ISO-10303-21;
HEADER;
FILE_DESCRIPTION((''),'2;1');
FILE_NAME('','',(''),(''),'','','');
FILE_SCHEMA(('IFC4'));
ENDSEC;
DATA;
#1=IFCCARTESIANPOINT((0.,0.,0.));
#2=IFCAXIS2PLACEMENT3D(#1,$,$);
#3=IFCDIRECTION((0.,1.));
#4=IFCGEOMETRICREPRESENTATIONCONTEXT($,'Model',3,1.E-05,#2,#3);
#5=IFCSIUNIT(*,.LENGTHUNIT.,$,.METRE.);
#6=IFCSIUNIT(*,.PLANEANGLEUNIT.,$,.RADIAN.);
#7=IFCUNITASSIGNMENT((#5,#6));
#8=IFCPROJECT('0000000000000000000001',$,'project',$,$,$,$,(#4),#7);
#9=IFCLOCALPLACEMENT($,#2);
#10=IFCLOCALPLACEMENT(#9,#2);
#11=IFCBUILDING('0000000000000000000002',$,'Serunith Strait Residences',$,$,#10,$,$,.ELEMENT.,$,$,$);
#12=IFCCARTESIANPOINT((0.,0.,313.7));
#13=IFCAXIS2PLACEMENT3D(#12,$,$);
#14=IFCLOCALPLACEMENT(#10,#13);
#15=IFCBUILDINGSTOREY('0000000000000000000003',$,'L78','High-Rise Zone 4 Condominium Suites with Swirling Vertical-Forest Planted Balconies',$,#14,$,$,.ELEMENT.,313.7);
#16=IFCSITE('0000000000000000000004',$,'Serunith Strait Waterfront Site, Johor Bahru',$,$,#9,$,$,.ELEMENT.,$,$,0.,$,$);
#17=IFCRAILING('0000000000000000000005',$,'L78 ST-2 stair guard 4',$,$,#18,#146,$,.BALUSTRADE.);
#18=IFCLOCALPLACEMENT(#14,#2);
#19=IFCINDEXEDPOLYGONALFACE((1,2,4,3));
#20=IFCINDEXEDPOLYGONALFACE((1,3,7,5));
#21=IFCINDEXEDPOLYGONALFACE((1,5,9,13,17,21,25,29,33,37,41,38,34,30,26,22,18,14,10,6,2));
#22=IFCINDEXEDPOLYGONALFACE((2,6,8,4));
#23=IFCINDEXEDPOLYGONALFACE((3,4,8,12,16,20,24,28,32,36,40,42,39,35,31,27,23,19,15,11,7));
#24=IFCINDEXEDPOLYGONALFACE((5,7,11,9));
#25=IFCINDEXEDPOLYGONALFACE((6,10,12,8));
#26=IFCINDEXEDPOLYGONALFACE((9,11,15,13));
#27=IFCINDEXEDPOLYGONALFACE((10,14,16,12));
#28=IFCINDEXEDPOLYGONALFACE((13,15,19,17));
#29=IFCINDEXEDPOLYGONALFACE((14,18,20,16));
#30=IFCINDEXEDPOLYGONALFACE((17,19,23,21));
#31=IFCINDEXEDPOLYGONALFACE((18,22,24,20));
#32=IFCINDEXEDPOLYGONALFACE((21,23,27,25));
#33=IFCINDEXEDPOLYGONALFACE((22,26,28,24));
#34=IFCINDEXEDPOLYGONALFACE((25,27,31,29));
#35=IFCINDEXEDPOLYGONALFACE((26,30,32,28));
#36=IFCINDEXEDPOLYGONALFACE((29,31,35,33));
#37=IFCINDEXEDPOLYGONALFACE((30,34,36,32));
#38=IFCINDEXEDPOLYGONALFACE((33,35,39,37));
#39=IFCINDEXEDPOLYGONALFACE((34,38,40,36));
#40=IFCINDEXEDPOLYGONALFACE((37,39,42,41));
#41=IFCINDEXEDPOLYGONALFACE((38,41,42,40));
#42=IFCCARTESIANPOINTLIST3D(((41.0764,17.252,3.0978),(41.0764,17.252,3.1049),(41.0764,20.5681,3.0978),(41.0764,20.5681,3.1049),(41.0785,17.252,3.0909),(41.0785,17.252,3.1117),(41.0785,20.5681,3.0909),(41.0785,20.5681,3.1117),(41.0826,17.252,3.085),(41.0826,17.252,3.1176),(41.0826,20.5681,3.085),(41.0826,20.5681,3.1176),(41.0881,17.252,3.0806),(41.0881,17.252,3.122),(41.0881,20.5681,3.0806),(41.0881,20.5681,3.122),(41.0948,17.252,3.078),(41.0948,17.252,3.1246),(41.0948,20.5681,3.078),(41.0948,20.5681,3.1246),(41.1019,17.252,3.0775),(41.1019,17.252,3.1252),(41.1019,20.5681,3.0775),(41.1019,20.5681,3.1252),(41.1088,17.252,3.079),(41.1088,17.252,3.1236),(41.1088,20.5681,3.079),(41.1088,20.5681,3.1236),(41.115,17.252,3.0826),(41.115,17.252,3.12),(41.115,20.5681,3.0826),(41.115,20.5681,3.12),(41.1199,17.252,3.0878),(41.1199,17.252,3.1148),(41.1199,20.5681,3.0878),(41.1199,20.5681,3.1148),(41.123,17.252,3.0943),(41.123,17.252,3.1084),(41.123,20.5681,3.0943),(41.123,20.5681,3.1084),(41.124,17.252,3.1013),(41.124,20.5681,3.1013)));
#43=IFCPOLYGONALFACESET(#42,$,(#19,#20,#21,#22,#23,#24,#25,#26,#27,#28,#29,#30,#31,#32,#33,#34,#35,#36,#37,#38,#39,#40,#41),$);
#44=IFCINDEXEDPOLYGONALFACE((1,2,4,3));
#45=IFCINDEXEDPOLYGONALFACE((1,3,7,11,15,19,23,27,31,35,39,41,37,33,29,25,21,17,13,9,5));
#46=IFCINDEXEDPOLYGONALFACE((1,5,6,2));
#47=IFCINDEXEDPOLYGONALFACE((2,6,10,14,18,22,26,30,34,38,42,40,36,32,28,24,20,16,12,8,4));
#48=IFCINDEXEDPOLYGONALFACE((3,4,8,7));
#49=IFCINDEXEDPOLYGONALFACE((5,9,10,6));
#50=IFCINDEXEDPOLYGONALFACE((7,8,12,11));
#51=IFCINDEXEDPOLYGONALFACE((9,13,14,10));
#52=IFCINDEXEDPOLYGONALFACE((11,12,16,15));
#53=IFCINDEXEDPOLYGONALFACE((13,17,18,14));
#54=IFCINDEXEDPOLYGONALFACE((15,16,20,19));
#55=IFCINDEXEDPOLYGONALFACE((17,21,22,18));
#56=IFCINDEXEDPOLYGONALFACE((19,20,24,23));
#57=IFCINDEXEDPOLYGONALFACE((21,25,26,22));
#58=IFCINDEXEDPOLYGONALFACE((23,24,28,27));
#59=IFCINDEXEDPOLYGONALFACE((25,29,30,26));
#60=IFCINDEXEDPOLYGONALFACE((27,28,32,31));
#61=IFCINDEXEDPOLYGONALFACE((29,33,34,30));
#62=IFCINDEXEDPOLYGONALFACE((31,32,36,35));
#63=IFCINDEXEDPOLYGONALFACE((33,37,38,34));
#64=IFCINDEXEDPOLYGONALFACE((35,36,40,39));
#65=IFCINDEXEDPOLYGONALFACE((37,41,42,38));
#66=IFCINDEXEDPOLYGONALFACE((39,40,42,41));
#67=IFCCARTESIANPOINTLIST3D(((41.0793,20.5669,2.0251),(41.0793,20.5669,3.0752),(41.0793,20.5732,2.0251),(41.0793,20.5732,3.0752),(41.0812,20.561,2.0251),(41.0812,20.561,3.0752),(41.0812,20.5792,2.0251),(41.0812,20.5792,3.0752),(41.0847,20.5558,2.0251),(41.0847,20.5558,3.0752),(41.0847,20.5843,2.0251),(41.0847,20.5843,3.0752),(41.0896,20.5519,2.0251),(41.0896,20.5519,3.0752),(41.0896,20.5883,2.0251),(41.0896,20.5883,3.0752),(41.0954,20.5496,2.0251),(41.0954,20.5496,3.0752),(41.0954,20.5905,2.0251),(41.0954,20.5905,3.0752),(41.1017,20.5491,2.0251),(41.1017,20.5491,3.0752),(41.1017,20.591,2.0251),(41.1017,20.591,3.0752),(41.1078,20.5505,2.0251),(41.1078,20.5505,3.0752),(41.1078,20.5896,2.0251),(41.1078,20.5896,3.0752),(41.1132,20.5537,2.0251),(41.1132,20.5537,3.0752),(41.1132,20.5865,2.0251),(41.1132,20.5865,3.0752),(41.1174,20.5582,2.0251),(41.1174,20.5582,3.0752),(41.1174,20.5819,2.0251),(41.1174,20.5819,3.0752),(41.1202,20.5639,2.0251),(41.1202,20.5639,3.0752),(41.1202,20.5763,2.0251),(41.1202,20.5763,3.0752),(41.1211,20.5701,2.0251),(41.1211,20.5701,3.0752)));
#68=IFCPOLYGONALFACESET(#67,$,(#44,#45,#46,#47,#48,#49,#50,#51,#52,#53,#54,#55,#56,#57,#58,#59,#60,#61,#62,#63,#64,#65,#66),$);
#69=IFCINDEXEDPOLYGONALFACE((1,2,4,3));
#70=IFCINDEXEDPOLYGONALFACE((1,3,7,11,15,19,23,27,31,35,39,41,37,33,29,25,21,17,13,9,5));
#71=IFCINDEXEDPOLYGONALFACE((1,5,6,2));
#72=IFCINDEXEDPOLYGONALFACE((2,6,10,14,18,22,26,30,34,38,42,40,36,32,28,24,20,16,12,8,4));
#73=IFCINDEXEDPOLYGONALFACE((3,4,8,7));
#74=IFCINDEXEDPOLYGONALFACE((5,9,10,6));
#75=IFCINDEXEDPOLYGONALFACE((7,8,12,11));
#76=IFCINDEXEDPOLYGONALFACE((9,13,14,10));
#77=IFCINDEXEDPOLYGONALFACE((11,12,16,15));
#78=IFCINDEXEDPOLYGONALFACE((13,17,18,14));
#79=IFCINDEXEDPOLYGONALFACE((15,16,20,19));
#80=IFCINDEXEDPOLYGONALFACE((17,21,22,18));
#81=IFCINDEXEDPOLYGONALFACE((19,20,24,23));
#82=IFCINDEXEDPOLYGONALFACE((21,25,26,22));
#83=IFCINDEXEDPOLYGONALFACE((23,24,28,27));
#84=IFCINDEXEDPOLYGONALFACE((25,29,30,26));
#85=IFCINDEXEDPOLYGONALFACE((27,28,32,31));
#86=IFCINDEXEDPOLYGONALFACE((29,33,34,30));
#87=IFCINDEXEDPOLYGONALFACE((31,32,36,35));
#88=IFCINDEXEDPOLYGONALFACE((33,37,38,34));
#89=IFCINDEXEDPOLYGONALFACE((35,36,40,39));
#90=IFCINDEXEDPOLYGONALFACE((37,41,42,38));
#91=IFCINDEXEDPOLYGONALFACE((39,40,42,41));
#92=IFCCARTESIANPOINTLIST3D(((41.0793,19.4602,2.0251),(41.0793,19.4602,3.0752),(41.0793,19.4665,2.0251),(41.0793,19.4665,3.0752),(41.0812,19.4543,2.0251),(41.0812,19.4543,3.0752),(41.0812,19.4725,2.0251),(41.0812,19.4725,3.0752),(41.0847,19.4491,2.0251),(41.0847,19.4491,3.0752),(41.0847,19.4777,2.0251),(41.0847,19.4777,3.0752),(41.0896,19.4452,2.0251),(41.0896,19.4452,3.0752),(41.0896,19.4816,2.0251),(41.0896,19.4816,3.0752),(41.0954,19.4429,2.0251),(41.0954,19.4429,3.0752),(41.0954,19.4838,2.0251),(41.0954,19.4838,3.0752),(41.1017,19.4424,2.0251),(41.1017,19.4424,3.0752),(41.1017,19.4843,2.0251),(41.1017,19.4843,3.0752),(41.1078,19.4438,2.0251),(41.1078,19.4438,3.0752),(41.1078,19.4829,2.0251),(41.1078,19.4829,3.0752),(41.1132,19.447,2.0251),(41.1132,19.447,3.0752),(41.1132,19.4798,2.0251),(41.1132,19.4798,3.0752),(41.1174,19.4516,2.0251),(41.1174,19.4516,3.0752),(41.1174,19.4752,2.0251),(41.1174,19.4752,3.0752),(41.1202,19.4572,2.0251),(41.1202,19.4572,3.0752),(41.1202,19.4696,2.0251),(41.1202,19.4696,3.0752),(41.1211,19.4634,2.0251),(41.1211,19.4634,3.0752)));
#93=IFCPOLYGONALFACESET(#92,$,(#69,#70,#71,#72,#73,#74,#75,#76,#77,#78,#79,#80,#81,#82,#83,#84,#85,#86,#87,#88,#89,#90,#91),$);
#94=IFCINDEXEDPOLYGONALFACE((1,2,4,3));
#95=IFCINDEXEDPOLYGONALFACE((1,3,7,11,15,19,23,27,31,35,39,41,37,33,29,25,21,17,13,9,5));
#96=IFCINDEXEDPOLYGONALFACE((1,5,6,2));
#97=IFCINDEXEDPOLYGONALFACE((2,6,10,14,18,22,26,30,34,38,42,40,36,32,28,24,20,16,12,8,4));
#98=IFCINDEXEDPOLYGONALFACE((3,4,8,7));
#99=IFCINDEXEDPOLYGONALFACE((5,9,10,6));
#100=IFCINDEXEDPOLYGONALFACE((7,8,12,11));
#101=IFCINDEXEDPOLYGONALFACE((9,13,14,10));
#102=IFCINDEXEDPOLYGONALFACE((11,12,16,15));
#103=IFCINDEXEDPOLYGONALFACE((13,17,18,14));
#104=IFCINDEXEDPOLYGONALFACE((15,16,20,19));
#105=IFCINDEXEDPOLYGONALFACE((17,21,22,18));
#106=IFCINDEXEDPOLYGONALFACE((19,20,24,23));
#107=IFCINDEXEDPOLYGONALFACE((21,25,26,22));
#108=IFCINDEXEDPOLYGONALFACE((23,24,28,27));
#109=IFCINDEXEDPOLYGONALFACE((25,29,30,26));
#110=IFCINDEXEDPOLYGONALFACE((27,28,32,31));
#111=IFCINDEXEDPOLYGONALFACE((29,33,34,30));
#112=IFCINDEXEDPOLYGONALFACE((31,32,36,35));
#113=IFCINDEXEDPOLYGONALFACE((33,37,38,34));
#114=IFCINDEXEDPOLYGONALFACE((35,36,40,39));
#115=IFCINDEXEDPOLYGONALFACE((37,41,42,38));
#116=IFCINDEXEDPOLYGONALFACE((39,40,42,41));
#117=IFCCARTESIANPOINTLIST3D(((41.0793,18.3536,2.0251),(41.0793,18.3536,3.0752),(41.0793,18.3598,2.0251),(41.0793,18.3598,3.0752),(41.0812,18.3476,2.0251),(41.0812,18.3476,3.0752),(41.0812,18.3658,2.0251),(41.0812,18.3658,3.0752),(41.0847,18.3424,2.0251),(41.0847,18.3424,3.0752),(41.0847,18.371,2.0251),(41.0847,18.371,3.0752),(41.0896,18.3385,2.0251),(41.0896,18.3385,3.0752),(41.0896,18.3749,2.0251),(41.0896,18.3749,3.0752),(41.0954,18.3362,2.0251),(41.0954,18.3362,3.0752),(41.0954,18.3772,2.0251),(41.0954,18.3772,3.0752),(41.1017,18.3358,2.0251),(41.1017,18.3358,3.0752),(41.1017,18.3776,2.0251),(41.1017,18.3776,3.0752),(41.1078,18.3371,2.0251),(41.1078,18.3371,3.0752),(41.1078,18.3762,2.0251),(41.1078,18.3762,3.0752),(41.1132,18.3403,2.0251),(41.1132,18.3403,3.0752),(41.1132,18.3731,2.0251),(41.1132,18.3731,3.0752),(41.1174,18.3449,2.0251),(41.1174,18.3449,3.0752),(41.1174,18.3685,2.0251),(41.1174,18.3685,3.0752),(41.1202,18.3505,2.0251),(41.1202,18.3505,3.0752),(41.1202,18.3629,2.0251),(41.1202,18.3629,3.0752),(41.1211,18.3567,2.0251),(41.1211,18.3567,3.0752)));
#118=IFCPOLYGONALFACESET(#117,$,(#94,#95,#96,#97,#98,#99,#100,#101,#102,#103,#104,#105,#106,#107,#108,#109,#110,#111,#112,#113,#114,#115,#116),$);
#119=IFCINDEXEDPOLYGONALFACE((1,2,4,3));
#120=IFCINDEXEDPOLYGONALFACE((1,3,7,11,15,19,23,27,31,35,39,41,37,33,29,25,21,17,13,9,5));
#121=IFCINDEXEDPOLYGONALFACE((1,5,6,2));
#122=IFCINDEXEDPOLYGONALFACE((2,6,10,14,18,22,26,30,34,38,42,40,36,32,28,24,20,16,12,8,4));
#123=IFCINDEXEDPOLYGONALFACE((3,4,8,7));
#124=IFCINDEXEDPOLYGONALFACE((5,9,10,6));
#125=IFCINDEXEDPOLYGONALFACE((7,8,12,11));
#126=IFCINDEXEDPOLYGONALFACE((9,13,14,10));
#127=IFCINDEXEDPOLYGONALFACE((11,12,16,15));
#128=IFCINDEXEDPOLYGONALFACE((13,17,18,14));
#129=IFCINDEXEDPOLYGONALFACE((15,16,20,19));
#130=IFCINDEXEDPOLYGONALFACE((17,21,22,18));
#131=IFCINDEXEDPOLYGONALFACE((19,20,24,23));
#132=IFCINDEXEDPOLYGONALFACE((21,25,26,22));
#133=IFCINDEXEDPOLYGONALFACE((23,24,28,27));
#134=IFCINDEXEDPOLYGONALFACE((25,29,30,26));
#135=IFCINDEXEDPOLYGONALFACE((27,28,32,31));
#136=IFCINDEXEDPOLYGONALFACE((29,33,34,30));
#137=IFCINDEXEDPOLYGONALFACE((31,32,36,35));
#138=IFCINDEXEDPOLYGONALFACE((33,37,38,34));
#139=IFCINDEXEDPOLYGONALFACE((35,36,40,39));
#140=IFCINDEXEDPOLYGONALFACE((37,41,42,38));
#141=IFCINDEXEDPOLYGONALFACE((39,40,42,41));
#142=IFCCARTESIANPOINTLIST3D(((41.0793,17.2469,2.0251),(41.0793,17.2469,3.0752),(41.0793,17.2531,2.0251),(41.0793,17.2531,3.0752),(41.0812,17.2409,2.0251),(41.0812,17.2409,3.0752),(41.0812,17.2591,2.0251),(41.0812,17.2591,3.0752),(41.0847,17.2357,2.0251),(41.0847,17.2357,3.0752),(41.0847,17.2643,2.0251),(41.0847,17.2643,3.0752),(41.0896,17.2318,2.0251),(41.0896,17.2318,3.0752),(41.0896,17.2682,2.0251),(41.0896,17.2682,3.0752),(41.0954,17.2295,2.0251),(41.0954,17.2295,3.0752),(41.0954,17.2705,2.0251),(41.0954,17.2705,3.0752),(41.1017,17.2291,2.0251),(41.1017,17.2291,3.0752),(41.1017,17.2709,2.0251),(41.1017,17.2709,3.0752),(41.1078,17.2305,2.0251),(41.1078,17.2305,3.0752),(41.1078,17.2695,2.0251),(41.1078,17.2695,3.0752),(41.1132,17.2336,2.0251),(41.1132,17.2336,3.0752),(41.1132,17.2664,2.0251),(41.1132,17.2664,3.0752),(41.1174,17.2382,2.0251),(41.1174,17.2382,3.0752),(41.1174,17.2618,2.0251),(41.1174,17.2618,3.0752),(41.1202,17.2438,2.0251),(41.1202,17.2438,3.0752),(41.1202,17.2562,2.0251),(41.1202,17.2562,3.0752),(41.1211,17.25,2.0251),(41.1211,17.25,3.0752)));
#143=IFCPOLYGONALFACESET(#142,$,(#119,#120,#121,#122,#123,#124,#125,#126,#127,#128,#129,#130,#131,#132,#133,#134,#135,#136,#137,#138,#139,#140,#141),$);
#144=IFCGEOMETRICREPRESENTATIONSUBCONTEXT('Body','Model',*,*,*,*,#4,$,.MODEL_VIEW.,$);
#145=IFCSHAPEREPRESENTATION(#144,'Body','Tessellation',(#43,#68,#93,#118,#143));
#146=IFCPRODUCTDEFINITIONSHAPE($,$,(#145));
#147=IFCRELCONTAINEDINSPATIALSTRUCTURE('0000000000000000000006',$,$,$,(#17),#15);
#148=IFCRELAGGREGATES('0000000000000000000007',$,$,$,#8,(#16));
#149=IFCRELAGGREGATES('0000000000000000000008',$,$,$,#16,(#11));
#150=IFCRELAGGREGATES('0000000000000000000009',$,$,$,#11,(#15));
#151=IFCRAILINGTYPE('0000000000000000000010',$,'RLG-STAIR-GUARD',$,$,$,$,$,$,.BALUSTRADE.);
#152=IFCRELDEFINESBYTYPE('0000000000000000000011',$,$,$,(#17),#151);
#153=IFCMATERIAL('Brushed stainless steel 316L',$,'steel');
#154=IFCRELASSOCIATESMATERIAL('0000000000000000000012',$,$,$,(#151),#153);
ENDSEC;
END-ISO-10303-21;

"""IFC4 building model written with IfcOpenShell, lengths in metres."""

from ifc_helpers import new_model, si_unit, direction, frame, origin, origin_2d, place, context, subcontext, project, spatial, circle, extrude, material, type_object, element, save


model = new_model("IFC4")

# Units and contexts
model_context = context("Model", 3, precision=1e-05, world=origin(), true_north=direction((0.0, 1.0)))
body_context = subcontext(model_context, "Body", "Model", "MODEL_VIEW")
ifc_project = project(units=[si_unit("LENGTHUNIT", "METRE"), si_unit("PLANEANGLEUNIT", "RADIAN")], contexts=[model_context])

# Site, building, storey
site_placement = place(None, origin())
site = spatial("IfcSite", under=ifc_project, at=site_placement, Name="Serunith Strait Waterfront Site, Johor Bahru", CompositionType="ELEMENT", RefElevation=0.0)
building_placement = place(site_placement, origin())
building = spatial("IfcBuilding", under=site, at=building_placement, Name="Serunith Strait Residences", CompositionType="ELEMENT")
storey_placement = place(building_placement, frame((0.0, 0.0, 313.7)))
storey = spatial("IfcBuildingStorey", under=building, at=storey_placement, Name="L78", Description="High-Rise Zone 4 Condominium Suites with Swirling Vertical-Forest Planted Balconies", CompositionType="ELEMENT", Elevation=313.7)

# Railing
ifc_material_1 = material(Name="Brushed stainless steel 316L", Category="steel")
railing_type_1 = type_object("IfcRailingType", Name="RLG-STAIR-GUARD", PredefinedType="BALUSTRADE", material=ifc_material_1)
for number, where, name in (
    (1, (41.1001, 20.5701, 2.0251), "L78 ST-2 stair guard 4"),
):
    element("IfcRailing", number, at=place(storey_placement, frame(where)), inside=storey, type_object=railing_type_1, Name=name, PredefinedType="BALUSTRADE", context=body_context, shape_type="SweptSolid", body=[
        extrude(circle(Radius=0.0239, at=origin_2d()), frame((0.0, -0.002, 1.0762), z_axis=(0.0, -1.0, 0.0), x_axis=(1.0, 0.0, 0.0)), (0.0, 0.0, 1.0), 3.3162),
        extrude(circle(Radius=0.021, at=origin_2d()), origin(), (0.0, 0.0, 1.0), 1.05),
        extrude(circle(Radius=0.021, at=origin_2d()), frame((0.0, -1.1067, 0.0)), (0.0, 0.0, 1.0), 1.05),
        extrude(circle(Radius=0.021, at=origin_2d()), frame((0.0, -2.2134, 0.0)), (0.0, 0.0, 1.0), 1.05),
        extrude(circle(Radius=0.021, at=origin_2d()), frame((0.0, -3.3201, 0.0)), (0.0, 0.0, 1.0), 1.05),
    ])

save(model, "model.ifc")
